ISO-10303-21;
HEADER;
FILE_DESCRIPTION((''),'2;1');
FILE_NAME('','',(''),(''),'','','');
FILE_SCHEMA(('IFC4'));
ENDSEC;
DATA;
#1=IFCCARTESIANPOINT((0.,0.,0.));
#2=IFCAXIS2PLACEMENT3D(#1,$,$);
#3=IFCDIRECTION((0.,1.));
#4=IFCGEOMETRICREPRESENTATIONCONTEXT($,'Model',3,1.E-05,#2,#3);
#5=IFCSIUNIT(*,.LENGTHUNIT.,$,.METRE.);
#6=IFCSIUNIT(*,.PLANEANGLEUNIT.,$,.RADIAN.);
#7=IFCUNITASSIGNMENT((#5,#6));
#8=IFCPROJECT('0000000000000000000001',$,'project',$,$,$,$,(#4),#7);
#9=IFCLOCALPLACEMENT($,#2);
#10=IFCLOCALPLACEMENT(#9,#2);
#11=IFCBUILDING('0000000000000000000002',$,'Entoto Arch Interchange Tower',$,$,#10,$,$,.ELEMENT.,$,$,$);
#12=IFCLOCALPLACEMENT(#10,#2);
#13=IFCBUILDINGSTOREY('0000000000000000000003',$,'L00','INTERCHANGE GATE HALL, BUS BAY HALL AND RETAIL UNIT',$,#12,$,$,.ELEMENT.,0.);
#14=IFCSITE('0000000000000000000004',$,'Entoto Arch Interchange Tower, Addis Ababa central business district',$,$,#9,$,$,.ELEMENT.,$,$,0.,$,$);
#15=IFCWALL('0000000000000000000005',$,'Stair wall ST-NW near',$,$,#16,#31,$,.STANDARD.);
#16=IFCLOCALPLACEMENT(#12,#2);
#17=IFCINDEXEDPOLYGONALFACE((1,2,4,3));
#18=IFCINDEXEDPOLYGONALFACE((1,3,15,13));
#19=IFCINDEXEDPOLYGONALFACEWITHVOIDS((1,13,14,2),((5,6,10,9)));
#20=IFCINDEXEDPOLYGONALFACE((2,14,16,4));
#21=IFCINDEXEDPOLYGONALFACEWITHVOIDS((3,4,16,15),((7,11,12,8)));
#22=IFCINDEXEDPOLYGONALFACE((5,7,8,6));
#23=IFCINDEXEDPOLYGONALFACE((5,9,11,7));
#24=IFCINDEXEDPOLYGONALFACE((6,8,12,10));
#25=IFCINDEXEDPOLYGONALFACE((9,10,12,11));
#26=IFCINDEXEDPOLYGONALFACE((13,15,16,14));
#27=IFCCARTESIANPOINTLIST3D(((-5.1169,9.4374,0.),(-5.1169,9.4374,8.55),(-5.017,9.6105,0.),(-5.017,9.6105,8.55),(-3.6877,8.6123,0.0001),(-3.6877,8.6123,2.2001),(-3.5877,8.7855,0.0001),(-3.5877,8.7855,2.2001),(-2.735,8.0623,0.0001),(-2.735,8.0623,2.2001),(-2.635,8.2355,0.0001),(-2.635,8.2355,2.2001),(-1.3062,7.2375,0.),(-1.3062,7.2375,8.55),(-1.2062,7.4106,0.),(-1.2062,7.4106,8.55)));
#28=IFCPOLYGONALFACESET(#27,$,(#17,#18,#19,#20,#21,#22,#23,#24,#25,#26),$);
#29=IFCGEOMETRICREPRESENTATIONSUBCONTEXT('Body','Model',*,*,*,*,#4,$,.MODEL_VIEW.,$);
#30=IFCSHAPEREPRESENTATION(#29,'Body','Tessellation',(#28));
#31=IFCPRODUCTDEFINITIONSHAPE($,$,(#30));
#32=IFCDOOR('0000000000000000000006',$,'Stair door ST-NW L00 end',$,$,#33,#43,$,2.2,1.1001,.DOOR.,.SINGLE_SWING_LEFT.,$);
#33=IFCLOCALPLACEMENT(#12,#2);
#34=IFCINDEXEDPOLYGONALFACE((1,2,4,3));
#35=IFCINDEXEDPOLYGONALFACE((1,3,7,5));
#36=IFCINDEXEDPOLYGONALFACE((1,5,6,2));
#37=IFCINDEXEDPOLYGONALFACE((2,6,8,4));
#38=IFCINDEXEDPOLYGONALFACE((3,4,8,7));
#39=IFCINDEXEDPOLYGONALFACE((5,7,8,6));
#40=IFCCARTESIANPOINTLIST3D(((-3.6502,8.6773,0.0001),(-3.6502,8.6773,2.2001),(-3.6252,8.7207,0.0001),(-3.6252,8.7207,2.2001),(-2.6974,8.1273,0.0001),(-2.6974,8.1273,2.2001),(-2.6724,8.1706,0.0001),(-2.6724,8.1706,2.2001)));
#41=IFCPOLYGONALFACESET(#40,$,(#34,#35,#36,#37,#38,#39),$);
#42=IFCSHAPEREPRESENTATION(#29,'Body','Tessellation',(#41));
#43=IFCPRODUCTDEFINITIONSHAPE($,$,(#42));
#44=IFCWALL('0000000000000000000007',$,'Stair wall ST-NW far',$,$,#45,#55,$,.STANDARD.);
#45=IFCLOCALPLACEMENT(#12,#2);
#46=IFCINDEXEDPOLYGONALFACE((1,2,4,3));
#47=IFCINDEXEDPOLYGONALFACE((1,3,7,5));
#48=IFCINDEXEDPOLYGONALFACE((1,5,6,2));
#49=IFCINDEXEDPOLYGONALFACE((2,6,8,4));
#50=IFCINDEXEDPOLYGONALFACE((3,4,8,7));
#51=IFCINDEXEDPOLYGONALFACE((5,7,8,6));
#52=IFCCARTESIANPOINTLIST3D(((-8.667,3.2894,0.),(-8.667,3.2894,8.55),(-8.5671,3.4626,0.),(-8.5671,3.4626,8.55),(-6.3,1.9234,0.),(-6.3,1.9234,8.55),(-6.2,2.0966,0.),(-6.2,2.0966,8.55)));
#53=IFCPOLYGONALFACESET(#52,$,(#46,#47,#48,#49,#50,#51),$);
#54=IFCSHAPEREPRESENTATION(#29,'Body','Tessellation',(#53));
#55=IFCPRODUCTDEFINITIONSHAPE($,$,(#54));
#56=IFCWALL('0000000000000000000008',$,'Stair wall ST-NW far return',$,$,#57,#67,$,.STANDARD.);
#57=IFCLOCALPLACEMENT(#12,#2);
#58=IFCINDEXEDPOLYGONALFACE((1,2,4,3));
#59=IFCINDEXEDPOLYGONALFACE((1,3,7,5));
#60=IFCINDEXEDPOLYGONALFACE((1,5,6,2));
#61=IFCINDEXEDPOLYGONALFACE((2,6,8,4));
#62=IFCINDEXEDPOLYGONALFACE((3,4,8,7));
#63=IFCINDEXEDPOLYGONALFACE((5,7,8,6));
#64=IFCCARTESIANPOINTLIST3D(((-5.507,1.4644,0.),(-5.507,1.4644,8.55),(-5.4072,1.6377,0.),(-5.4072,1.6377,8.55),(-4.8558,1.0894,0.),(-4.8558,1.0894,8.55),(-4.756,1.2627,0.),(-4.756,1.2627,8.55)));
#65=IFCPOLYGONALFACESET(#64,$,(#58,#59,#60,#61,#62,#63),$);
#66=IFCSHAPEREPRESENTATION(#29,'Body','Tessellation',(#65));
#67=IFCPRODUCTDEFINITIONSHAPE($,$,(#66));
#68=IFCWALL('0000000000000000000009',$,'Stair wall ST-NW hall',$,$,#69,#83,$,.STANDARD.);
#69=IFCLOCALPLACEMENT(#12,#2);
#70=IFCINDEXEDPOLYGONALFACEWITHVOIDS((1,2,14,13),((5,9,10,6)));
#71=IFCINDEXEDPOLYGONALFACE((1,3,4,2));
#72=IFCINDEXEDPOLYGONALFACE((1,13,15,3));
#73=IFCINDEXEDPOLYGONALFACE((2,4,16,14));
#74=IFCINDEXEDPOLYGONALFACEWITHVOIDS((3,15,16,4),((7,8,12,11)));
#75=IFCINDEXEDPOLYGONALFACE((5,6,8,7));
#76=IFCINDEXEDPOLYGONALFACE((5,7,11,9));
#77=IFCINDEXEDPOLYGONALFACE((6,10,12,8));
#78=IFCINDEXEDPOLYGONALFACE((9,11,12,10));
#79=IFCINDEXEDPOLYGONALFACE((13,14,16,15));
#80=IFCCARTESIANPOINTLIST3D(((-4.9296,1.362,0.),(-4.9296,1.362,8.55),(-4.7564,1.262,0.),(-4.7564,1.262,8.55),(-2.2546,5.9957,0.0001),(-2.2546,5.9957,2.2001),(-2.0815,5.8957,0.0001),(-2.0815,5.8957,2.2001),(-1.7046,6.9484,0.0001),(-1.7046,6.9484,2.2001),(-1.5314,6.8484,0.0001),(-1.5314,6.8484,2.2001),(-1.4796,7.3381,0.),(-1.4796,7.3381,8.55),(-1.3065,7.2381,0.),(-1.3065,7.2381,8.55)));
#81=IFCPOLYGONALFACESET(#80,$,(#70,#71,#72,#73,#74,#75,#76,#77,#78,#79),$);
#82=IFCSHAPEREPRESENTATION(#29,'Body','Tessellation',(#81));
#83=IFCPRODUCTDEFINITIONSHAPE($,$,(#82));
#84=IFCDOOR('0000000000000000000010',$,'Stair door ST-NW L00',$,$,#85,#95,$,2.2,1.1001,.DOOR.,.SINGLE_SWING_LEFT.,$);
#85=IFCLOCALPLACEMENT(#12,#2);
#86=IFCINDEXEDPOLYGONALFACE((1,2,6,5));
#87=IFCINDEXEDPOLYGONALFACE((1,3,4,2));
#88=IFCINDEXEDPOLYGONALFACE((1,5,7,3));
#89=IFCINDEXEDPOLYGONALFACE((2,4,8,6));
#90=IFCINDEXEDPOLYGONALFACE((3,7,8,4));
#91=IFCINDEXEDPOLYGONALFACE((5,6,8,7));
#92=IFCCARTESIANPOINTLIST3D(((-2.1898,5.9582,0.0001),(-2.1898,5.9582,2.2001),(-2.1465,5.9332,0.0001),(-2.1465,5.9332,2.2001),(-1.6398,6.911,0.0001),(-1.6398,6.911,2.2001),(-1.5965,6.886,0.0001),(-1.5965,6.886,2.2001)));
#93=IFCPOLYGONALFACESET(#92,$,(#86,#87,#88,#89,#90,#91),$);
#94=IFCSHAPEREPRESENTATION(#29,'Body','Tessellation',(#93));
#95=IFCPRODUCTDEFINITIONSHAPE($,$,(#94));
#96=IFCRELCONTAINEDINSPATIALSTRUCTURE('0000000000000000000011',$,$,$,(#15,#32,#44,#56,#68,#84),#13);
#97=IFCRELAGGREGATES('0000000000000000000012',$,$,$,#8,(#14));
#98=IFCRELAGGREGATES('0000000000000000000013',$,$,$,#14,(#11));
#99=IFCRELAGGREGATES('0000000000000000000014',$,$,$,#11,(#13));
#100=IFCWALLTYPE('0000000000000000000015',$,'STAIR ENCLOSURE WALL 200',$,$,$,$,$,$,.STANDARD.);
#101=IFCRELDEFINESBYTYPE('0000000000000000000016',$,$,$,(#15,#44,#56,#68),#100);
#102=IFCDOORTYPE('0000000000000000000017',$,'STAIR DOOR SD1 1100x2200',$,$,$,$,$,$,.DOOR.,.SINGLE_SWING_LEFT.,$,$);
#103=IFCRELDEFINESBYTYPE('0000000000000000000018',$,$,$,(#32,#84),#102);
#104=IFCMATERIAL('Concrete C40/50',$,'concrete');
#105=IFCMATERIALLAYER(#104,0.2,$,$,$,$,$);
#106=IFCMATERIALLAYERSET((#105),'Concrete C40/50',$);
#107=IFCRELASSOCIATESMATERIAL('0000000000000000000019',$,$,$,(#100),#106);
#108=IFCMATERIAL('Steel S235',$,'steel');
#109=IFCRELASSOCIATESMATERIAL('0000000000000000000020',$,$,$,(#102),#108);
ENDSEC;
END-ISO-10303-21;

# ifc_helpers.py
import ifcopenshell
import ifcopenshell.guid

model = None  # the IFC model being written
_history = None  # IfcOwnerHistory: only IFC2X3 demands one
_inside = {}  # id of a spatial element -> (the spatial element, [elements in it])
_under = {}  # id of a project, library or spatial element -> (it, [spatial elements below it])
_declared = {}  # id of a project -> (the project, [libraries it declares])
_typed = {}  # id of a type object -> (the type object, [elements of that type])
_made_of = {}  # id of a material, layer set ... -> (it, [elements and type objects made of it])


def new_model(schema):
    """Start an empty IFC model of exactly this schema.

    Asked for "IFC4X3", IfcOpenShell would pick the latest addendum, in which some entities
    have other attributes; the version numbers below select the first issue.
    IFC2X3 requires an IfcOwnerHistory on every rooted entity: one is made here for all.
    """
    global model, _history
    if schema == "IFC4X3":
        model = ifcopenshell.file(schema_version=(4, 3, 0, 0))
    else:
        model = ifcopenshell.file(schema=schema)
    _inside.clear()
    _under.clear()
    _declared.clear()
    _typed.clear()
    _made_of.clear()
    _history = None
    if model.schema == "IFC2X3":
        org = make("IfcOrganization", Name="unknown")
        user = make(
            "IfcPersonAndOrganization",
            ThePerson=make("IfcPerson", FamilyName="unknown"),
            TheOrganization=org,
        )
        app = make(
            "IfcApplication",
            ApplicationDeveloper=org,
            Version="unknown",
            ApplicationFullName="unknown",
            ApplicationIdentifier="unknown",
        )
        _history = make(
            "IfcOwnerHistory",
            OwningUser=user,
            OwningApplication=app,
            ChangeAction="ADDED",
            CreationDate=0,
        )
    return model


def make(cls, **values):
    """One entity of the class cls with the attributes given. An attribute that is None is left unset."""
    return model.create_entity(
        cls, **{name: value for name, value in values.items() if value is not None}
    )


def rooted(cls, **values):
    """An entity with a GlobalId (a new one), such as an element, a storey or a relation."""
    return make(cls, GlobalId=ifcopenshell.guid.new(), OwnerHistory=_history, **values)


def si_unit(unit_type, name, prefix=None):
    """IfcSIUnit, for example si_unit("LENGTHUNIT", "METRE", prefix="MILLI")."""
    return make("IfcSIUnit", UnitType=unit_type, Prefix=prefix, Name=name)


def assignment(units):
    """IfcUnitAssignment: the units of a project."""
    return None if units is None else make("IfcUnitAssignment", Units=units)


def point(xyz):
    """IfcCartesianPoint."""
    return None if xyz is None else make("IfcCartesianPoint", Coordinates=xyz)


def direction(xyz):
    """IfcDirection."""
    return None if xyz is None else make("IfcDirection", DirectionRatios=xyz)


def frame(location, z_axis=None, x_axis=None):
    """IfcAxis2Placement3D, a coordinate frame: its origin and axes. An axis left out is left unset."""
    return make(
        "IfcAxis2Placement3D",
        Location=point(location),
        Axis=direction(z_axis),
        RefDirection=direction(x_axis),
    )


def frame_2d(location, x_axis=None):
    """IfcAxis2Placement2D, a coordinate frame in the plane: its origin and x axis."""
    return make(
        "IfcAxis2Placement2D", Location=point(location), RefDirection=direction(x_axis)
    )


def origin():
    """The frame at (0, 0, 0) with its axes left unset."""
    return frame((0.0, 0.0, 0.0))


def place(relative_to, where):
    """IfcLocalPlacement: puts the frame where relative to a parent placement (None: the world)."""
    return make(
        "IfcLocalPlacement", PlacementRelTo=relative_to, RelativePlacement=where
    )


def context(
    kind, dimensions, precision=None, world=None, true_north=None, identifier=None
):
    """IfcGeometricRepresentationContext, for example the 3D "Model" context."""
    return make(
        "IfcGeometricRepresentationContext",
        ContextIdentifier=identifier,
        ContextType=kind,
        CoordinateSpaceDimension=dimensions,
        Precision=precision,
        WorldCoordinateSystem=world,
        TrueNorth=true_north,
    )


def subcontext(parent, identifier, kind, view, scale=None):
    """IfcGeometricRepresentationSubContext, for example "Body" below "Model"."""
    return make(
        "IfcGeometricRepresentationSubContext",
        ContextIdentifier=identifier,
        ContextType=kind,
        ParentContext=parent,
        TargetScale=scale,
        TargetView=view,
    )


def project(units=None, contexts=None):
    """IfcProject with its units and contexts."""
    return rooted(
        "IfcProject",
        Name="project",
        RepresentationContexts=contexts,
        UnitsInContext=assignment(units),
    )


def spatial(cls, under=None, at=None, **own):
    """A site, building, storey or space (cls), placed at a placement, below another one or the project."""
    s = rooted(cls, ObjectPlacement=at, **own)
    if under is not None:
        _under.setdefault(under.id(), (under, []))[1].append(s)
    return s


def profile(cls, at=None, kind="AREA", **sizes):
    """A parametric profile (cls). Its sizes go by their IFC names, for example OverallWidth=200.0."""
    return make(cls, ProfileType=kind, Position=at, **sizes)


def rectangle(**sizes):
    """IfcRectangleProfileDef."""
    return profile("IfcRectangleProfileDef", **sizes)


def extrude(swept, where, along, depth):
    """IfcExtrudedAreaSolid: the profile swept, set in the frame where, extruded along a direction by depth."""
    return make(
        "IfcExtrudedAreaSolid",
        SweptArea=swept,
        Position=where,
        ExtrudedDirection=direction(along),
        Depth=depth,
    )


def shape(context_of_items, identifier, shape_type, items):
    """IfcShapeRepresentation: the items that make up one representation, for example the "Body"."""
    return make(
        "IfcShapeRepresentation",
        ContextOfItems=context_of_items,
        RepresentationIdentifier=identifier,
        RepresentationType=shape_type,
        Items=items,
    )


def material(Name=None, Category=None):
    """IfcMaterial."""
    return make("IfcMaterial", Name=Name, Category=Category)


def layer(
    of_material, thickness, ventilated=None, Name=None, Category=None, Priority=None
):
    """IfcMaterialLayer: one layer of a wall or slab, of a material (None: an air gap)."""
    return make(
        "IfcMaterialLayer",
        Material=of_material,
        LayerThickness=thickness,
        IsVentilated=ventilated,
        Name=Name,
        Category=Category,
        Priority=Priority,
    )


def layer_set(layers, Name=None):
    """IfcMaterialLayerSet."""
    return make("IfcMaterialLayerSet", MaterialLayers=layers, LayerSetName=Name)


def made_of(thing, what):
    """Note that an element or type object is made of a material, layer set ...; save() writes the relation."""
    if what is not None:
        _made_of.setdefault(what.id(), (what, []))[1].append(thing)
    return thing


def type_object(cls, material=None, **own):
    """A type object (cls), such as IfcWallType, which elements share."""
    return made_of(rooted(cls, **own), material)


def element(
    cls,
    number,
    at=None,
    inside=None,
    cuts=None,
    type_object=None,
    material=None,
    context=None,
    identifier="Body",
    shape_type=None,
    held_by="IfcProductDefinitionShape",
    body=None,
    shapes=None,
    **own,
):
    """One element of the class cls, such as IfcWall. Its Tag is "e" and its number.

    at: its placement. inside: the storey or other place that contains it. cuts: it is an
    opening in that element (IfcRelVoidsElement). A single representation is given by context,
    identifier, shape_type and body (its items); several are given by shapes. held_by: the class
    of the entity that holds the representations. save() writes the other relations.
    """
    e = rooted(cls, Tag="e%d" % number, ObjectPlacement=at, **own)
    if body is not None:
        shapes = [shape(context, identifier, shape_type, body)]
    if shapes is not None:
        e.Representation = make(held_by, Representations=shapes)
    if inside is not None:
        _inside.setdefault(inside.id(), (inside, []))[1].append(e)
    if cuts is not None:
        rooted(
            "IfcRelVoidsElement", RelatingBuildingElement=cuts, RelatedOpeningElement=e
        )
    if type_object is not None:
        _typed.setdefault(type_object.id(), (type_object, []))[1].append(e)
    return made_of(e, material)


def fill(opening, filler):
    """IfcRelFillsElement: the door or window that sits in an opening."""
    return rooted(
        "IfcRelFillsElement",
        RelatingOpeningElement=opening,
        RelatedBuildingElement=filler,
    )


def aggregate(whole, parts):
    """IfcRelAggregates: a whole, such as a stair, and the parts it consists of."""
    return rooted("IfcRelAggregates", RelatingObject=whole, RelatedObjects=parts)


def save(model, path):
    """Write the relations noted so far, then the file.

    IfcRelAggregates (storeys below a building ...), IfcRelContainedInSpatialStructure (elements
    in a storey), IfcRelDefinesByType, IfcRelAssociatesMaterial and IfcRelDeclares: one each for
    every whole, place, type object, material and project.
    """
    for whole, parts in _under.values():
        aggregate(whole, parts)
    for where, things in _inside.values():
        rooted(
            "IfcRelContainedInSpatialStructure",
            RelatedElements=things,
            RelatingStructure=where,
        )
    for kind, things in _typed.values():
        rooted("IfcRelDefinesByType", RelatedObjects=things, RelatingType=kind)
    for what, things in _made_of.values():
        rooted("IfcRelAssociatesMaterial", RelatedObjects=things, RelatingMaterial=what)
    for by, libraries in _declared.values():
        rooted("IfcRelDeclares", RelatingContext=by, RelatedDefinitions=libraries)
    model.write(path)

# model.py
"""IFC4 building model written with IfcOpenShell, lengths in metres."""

from ifc_helpers import new_model, si_unit, direction, frame, frame_2d, origin, place, context, subcontext, project, spatial, rectangle, extrude, material, layer, layer_set, type_object, element, fill, save


model = new_model("IFC4")

# Units and contexts
model_context = context("Model", 3, precision=1e-05, world=origin(), true_north=direction((0.0, 1.0)))
body_context = subcontext(model_context, "Body", "Model", "MODEL_VIEW")
ifc_project = project(units=[si_unit("LENGTHUNIT", "METRE"), si_unit("PLANEANGLEUNIT", "RADIAN")], contexts=[model_context])

# Site, building, storey
site_placement = place(None, origin())
site = spatial("IfcSite", under=ifc_project, at=site_placement, Name="Entoto Arch Interchange Tower, Addis Ababa central business district", CompositionType="ELEMENT", RefElevation=0.0)
building_placement = place(site_placement, origin())
building = spatial("IfcBuilding", under=site, at=building_placement, Name="Entoto Arch Interchange Tower", CompositionType="ELEMENT")
storey_placement = place(building_placement, origin())
storey = spatial("IfcBuildingStorey", under=building, at=storey_placement, Name="L00", Description="INTERCHANGE GATE HALL, BUS BAY HALL AND RETAIL UNIT", CompositionType="ELEMENT", Elevation=0.0)

# Shared definitions
ifc_material_1 = material(Name="Concrete C40/50", Category="concrete")

# Wall, opening, door
ifc_layer_1 = layer(ifc_material_1, 0.2)
ifc_layer_set_1 = layer_set([ifc_layer_1], Name="Concrete C40/50")
wall_type_1 = type_object("IfcWallType", Name="STAIR ENCLOSURE WALL 200", PredefinedType="STANDARD", material=ifc_layer_set_1)
wall_1_placement = place(storey_placement, frame((-1.2561, 7.324, 0.0), z_axis=(0.0, 0.0, 1.0), x_axis=(-0.866046, 0.499964, 0.0)))
wall_1 = element("IfcWall", 1, at=wall_1_placement, inside=storey, type_object=wall_type_1, Name="Stair wall ST-NW near", PredefinedType="STANDARD", context=body_context, shape_type="SweptSolid", body=[
    extrude(rectangle(XDim=4.4001, YDim=0.2, at=frame_2d((2.2002, 0.0))), origin(), (0.0, 0.0, 1.0), 8.55),
])
opening_1_placement = place(wall_1_placement, frame((1.6499, 0.0, 0.0)))
opening_1 = element("IfcOpeningElement", 2, at=opening_1_placement, cuts=wall_1, PredefinedType="OPENING", context=body_context, shape_type="SweptSolid", body=[
    extrude(rectangle(XDim=1.1001, YDim=2.2, at=frame_2d((0.55, 1.1001))), frame((0.0, 0.1099, 0.0), z_axis=(0.0, -1.0, 0.0), x_axis=(1.0, 0.0, 0.0)), (0.0, 0.0, 1.0), 0.22),
])
ifc_material_2 = material(Name="Steel S235", Category="steel")
door_type_1 = type_object("IfcDoorType", Name="STAIR DOOR SD1 1100x2200", OperationType="SINGLE_SWING_LEFT", PredefinedType="DOOR", material=ifc_material_2)
door_1_placement = place(opening_1_placement, origin())
door_1 = element("IfcDoor", 3, at=door_1_placement, inside=storey, type_object=door_type_1, Name="Stair door ST-NW L00 end", OperationType="SINGLE_SWING_LEFT", OverallHeight=2.2, OverallWidth=1.1001, PredefinedType="DOOR", context=body_context, shape_type="SweptSolid", body=[
    extrude(rectangle(XDim=1.1001, YDim=2.2, at=frame_2d((0.55, 1.1001))), frame((0.0, 0.0249, 0.0), z_axis=(0.0, -1.0, 0.0), x_axis=(1.0, 0.0, 0.0)), (0.0, 0.0, 1.0), 0.05),
])
fill(opening_1, door_1)

# Walls
wall_2_placement = place(storey_placement, frame((-6.25, 2.01, 0.0), z_axis=(0.0, 0.0, 1.0), x_axis=(-0.866119, 0.499838, 0.0)))
element("IfcWall", 4, at=wall_2_placement, inside=storey, type_object=wall_type_1, Name="Stair wall ST-NW far", PredefinedType="STANDARD", context=body_context, shape_type="SweptSolid", body=[
    extrude(rectangle(XDim=2.7329, YDim=0.2, at=frame_2d((1.3665, 0.0))), origin(), (0.0, 0.0, 1.0), 8.55),
])
wall_3_placement = place(storey_placement, frame((-4.8059, 1.176, 0.0), z_axis=(0.0, 0.0, 1.0), x_axis=(-0.866559, 0.499075, 0.0)))
element("IfcWall", 5, at=wall_3_placement, inside=storey, type_object=wall_type_1, Name="Stair wall ST-NW far return", PredefinedType="STANDARD", context=body_context, shape_type="SweptSolid", body=[
    extrude(rectangle(XDim=0.7515, YDim=0.2, at=frame_2d((0.3757, 0.0))), origin(), (0.0, 0.0, 1.0), 8.55),
])

# Wall, opening, door
wall_4_placement = place(storey_placement, frame((-1.3931, 7.2881, 0.0), z_axis=(0.0, 0.0, 1.0), x_axis=(-0.499963, -0.866047, 0.0)))
wall_4 = element("IfcWall", 6, at=wall_4_placement, inside=storey, type_object=wall_type_1, Name="Stair wall ST-NW hall", PredefinedType="STANDARD", context=body_context, shape_type="SweptSolid", body=[
    extrude(rectangle(XDim=6.9004, YDim=0.2, at=frame_2d((3.4502, 0.0))), origin(), (0.0, 0.0, 1.0), 8.55),
])
opening_2_placement = place(wall_4_placement, frame((0.45, 0.0, 0.0)))
opening_2 = element("IfcOpeningElement", 7, at=opening_2_placement, cuts=wall_4, PredefinedType="OPENING", context=body_context, shape_type="SweptSolid", body=[
    extrude(rectangle(XDim=1.1001, YDim=2.2, at=frame_2d((0.55, 1.1001))), frame((0.0, 0.1099, 0.0), z_axis=(0.0, -1.0, 0.0), x_axis=(1.0, 0.0, 0.0)), (0.0, 0.0, 1.0), 0.22),
])
door_2_placement = place(opening_2_placement, origin())
door_2 = element("IfcDoor", 8, at=door_2_placement, inside=storey, type_object=door_type_1, Name="Stair door ST-NW L00", OperationType="SINGLE_SWING_LEFT", OverallHeight=2.2, OverallWidth=1.1001, PredefinedType="DOOR", context=body_context, shape_type="SweptSolid", body=[
    extrude(rectangle(XDim=1.1001, YDim=2.2, at=frame_2d((0.55, 1.1001))), frame((0.0, 0.0249, 0.0), z_axis=(0.0, -1.0, 0.0), x_axis=(1.0, 0.0, 0.0)), (0.0, 0.0, 1.0), 0.05),
])
fill(opening_2, door_2)

save(model, "model.ifc")
